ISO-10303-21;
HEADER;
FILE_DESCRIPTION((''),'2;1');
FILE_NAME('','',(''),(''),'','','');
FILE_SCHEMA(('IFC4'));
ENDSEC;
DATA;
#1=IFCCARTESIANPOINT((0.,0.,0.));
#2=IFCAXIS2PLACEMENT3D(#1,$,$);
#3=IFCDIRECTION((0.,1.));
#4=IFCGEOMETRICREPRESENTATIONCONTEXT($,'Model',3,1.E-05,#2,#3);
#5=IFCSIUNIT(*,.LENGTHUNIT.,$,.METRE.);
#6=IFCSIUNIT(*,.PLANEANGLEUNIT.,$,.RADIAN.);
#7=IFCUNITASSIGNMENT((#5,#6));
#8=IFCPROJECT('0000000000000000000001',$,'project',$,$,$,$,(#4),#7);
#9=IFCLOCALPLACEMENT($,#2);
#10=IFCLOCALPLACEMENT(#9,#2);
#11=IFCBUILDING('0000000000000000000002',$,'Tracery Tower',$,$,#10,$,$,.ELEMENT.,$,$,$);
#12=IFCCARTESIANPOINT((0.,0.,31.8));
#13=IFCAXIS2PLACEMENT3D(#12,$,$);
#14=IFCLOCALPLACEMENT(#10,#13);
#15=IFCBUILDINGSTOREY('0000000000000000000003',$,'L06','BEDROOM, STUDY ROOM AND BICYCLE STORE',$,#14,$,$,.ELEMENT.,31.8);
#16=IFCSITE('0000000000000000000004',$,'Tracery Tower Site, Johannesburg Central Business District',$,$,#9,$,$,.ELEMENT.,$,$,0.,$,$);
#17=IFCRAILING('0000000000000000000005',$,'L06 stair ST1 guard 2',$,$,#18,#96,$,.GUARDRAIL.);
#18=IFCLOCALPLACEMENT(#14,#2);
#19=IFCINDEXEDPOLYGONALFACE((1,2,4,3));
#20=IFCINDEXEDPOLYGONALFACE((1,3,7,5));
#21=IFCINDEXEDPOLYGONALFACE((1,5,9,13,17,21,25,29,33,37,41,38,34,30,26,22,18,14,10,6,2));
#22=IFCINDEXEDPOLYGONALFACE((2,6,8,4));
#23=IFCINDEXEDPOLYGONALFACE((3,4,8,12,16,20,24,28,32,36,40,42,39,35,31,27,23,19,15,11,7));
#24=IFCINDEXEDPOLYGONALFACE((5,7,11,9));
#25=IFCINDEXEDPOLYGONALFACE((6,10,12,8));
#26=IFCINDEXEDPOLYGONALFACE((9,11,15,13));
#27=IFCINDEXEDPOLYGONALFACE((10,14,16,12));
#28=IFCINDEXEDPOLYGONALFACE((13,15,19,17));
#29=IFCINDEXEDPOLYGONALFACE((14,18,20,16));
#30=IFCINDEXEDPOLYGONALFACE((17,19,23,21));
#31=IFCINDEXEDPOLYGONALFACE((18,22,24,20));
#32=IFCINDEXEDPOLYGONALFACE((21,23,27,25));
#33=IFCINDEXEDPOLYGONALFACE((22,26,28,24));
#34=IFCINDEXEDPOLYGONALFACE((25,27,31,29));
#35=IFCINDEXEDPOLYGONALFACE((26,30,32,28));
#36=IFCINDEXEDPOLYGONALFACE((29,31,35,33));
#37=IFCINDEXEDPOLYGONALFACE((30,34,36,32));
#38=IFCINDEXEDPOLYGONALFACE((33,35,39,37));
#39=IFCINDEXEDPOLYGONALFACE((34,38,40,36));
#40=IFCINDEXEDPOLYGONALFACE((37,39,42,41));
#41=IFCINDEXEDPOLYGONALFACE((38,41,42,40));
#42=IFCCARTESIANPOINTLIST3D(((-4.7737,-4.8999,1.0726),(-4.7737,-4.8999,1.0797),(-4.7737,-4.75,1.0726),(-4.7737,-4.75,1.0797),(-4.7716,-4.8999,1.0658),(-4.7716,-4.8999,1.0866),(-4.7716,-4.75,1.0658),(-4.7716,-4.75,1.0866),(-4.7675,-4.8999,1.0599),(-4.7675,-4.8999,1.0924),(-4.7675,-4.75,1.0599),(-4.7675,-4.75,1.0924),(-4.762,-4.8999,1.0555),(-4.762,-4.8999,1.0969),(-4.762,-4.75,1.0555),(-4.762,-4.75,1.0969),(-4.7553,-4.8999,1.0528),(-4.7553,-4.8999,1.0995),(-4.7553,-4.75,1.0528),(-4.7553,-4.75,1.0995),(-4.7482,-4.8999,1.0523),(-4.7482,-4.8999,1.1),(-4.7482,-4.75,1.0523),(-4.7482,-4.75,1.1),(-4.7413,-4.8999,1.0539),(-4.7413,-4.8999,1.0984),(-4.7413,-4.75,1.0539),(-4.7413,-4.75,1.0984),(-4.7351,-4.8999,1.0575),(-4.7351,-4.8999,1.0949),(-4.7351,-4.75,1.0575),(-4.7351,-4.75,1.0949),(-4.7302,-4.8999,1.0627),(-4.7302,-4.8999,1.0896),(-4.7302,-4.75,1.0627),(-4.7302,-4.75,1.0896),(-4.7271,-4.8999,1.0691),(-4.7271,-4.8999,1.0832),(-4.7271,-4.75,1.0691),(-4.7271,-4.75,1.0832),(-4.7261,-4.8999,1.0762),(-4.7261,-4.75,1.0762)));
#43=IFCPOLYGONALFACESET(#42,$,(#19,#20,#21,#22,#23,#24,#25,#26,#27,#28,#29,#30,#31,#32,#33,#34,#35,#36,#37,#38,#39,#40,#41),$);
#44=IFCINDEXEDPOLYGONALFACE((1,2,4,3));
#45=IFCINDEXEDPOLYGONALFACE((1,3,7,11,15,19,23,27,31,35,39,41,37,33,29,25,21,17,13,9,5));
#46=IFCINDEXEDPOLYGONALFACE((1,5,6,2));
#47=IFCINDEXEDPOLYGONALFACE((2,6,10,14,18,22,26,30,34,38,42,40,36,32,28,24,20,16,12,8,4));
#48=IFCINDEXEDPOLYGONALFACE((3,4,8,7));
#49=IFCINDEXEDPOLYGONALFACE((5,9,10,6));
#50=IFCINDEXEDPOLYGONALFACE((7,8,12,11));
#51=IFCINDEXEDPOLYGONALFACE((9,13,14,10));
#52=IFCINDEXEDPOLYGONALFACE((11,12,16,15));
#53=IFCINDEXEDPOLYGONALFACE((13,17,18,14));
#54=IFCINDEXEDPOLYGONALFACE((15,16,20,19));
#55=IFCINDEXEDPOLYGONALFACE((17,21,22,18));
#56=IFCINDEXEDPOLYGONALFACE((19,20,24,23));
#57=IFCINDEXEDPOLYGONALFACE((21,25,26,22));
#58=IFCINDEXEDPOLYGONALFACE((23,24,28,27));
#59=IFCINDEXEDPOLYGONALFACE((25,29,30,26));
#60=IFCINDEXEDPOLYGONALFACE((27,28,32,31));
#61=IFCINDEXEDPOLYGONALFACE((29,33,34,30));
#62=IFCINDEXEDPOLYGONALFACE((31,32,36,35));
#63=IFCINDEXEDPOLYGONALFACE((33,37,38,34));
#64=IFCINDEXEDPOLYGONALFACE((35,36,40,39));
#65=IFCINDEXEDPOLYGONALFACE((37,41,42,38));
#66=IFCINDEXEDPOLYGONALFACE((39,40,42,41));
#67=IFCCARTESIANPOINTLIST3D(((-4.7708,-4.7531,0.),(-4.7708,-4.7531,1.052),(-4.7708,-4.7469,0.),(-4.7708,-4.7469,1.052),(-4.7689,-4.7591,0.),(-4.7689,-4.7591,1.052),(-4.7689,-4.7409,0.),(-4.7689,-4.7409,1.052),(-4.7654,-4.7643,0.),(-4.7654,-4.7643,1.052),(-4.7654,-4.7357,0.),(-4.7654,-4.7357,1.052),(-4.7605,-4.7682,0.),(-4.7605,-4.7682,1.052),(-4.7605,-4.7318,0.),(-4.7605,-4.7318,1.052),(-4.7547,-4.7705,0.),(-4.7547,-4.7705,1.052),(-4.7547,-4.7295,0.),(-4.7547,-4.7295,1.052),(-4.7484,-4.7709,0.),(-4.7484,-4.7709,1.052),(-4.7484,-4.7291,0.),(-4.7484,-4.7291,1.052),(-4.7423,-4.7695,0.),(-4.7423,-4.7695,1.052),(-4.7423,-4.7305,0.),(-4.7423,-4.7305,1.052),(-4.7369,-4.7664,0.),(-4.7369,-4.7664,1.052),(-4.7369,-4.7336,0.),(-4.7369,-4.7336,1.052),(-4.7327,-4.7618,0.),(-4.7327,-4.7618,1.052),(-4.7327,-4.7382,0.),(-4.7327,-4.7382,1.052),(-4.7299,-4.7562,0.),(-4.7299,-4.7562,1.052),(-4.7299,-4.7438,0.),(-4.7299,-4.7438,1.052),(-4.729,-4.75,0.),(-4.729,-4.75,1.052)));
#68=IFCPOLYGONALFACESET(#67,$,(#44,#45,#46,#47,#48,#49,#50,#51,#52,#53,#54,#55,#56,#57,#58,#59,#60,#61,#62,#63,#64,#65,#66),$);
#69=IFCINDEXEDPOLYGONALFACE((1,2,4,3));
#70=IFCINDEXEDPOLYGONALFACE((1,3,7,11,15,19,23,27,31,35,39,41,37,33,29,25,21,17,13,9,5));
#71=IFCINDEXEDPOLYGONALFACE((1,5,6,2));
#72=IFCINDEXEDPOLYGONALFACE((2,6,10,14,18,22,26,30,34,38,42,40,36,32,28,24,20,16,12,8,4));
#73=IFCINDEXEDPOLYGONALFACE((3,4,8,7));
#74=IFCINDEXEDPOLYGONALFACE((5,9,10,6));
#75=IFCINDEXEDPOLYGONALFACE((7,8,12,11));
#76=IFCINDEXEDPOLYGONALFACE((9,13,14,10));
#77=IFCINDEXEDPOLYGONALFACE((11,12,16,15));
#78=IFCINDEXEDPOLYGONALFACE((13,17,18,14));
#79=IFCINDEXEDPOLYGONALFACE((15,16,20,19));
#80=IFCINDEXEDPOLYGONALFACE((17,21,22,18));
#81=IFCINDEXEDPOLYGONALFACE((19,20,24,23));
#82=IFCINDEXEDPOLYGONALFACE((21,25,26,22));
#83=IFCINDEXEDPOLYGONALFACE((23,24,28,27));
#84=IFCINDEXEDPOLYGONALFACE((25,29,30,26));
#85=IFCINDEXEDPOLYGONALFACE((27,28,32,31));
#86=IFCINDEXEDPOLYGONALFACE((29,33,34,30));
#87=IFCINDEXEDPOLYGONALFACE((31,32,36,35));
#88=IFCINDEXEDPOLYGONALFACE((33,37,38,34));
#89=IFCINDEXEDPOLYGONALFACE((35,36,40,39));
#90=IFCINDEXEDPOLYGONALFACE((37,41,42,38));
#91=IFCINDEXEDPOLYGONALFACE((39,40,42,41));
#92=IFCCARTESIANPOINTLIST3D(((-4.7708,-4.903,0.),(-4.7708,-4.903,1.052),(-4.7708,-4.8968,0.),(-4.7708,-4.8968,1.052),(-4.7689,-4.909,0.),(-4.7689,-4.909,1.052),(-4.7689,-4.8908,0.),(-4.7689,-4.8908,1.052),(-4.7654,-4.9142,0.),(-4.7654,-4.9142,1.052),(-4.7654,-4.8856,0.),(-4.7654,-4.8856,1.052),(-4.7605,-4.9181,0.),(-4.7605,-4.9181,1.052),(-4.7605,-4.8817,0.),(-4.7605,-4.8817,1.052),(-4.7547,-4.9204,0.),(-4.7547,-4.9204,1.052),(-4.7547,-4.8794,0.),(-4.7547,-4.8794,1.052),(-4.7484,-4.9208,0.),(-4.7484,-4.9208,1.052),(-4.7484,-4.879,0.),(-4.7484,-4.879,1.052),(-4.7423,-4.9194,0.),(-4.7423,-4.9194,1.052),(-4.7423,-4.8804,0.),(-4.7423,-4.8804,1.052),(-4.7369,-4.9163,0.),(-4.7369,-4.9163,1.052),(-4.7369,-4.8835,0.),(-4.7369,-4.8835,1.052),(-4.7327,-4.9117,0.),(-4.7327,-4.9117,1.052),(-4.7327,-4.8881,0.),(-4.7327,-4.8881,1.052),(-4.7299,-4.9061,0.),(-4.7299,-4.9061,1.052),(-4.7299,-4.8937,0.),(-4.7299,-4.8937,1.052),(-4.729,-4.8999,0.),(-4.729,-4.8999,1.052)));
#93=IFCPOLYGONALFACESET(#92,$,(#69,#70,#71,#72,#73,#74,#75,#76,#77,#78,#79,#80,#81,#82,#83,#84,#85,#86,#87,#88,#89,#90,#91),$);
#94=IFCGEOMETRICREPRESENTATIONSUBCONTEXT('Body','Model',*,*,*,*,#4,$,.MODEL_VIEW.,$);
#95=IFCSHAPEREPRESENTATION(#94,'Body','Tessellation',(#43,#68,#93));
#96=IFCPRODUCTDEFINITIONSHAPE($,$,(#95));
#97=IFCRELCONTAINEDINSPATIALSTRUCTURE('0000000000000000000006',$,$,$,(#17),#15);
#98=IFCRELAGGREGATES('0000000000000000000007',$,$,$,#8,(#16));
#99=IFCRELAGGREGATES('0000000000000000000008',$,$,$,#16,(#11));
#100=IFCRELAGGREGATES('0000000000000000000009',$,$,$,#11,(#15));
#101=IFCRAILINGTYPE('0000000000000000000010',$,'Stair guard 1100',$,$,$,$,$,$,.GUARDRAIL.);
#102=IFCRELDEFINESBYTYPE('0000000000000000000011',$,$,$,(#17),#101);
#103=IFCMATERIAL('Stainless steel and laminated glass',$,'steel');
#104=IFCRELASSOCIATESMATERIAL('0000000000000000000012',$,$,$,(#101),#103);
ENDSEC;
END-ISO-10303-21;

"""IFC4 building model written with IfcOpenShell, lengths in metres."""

from ifc_helpers import new_model, si_unit, direction, frame, origin, origin_2d, place, context, subcontext, project, spatial, circle, extrude, material, type_object, element, save


model = new_model("IFC4")

# Units and contexts
model_context = context("Model", 3, precision=1e-05, world=origin(), true_north=direction((0.0, 1.0)))
body_context = subcontext(model_context, "Body", "Model", "MODEL_VIEW")
ifc_project = project(units=[si_unit("LENGTHUNIT", "METRE"), si_unit("PLANEANGLEUNIT", "RADIAN")], contexts=[model_context])

# Site, building, storey
site_placement = place(None, origin())
site = spatial("IfcSite", under=ifc_project, at=site_placement, Name="Tracery Tower Site, Johannesburg Central Business District", CompositionType="ELEMENT", RefElevation=0.0)
building_placement = place(site_placement, origin())
building = spatial("IfcBuilding", under=site, at=building_placement, Name="Tracery Tower", CompositionType="ELEMENT")
storey_placement = place(building_placement, frame((0.0, 0.0, 31.8)))
storey = spatial("IfcBuildingStorey", under=building, at=storey_placement, Name="L06", Description="BEDROOM, STUDY ROOM AND BICYCLE STORE", CompositionType="ELEMENT", Elevation=31.8)

# Railing
ifc_material_1 = material(Name="Stainless steel and laminated glass", Category="steel")
railing_type_1 = type_object("IfcRailingType", Name="Stair guard 1100", PredefinedType="GUARDRAIL", material=ifc_material_1)
railing_1_placement = place(storey_placement, frame((-4.75, -4.75, 0.0)))
element("IfcRailing", 1, at=railing_1_placement, inside=storey, type_object=railing_type_1, Name="L06 stair ST1 guard 2", PredefinedType="GUARDRAIL", context=body_context, shape_type="SweptSolid", body=[
    extrude(circle(Radius=0.0239, at=origin_2d()), frame((0.0, 0.0, 1.0762), z_axis=(0.0, -1.0, 0.0), x_axis=(1.0, 0.0, 0.0)), (0.0, 0.0, 1.0), 0.1499),
    extrude(circle(Radius=0.021, at=origin_2d()), origin(), (0.0, 0.0, 1.0), 1.052),
    extrude(circle(Radius=0.021, at=origin_2d()), frame((0.0, -0.1499, 0.0)), (0.0, 0.0, 1.0), 1.052),
])

save(model, "model.ifc")
